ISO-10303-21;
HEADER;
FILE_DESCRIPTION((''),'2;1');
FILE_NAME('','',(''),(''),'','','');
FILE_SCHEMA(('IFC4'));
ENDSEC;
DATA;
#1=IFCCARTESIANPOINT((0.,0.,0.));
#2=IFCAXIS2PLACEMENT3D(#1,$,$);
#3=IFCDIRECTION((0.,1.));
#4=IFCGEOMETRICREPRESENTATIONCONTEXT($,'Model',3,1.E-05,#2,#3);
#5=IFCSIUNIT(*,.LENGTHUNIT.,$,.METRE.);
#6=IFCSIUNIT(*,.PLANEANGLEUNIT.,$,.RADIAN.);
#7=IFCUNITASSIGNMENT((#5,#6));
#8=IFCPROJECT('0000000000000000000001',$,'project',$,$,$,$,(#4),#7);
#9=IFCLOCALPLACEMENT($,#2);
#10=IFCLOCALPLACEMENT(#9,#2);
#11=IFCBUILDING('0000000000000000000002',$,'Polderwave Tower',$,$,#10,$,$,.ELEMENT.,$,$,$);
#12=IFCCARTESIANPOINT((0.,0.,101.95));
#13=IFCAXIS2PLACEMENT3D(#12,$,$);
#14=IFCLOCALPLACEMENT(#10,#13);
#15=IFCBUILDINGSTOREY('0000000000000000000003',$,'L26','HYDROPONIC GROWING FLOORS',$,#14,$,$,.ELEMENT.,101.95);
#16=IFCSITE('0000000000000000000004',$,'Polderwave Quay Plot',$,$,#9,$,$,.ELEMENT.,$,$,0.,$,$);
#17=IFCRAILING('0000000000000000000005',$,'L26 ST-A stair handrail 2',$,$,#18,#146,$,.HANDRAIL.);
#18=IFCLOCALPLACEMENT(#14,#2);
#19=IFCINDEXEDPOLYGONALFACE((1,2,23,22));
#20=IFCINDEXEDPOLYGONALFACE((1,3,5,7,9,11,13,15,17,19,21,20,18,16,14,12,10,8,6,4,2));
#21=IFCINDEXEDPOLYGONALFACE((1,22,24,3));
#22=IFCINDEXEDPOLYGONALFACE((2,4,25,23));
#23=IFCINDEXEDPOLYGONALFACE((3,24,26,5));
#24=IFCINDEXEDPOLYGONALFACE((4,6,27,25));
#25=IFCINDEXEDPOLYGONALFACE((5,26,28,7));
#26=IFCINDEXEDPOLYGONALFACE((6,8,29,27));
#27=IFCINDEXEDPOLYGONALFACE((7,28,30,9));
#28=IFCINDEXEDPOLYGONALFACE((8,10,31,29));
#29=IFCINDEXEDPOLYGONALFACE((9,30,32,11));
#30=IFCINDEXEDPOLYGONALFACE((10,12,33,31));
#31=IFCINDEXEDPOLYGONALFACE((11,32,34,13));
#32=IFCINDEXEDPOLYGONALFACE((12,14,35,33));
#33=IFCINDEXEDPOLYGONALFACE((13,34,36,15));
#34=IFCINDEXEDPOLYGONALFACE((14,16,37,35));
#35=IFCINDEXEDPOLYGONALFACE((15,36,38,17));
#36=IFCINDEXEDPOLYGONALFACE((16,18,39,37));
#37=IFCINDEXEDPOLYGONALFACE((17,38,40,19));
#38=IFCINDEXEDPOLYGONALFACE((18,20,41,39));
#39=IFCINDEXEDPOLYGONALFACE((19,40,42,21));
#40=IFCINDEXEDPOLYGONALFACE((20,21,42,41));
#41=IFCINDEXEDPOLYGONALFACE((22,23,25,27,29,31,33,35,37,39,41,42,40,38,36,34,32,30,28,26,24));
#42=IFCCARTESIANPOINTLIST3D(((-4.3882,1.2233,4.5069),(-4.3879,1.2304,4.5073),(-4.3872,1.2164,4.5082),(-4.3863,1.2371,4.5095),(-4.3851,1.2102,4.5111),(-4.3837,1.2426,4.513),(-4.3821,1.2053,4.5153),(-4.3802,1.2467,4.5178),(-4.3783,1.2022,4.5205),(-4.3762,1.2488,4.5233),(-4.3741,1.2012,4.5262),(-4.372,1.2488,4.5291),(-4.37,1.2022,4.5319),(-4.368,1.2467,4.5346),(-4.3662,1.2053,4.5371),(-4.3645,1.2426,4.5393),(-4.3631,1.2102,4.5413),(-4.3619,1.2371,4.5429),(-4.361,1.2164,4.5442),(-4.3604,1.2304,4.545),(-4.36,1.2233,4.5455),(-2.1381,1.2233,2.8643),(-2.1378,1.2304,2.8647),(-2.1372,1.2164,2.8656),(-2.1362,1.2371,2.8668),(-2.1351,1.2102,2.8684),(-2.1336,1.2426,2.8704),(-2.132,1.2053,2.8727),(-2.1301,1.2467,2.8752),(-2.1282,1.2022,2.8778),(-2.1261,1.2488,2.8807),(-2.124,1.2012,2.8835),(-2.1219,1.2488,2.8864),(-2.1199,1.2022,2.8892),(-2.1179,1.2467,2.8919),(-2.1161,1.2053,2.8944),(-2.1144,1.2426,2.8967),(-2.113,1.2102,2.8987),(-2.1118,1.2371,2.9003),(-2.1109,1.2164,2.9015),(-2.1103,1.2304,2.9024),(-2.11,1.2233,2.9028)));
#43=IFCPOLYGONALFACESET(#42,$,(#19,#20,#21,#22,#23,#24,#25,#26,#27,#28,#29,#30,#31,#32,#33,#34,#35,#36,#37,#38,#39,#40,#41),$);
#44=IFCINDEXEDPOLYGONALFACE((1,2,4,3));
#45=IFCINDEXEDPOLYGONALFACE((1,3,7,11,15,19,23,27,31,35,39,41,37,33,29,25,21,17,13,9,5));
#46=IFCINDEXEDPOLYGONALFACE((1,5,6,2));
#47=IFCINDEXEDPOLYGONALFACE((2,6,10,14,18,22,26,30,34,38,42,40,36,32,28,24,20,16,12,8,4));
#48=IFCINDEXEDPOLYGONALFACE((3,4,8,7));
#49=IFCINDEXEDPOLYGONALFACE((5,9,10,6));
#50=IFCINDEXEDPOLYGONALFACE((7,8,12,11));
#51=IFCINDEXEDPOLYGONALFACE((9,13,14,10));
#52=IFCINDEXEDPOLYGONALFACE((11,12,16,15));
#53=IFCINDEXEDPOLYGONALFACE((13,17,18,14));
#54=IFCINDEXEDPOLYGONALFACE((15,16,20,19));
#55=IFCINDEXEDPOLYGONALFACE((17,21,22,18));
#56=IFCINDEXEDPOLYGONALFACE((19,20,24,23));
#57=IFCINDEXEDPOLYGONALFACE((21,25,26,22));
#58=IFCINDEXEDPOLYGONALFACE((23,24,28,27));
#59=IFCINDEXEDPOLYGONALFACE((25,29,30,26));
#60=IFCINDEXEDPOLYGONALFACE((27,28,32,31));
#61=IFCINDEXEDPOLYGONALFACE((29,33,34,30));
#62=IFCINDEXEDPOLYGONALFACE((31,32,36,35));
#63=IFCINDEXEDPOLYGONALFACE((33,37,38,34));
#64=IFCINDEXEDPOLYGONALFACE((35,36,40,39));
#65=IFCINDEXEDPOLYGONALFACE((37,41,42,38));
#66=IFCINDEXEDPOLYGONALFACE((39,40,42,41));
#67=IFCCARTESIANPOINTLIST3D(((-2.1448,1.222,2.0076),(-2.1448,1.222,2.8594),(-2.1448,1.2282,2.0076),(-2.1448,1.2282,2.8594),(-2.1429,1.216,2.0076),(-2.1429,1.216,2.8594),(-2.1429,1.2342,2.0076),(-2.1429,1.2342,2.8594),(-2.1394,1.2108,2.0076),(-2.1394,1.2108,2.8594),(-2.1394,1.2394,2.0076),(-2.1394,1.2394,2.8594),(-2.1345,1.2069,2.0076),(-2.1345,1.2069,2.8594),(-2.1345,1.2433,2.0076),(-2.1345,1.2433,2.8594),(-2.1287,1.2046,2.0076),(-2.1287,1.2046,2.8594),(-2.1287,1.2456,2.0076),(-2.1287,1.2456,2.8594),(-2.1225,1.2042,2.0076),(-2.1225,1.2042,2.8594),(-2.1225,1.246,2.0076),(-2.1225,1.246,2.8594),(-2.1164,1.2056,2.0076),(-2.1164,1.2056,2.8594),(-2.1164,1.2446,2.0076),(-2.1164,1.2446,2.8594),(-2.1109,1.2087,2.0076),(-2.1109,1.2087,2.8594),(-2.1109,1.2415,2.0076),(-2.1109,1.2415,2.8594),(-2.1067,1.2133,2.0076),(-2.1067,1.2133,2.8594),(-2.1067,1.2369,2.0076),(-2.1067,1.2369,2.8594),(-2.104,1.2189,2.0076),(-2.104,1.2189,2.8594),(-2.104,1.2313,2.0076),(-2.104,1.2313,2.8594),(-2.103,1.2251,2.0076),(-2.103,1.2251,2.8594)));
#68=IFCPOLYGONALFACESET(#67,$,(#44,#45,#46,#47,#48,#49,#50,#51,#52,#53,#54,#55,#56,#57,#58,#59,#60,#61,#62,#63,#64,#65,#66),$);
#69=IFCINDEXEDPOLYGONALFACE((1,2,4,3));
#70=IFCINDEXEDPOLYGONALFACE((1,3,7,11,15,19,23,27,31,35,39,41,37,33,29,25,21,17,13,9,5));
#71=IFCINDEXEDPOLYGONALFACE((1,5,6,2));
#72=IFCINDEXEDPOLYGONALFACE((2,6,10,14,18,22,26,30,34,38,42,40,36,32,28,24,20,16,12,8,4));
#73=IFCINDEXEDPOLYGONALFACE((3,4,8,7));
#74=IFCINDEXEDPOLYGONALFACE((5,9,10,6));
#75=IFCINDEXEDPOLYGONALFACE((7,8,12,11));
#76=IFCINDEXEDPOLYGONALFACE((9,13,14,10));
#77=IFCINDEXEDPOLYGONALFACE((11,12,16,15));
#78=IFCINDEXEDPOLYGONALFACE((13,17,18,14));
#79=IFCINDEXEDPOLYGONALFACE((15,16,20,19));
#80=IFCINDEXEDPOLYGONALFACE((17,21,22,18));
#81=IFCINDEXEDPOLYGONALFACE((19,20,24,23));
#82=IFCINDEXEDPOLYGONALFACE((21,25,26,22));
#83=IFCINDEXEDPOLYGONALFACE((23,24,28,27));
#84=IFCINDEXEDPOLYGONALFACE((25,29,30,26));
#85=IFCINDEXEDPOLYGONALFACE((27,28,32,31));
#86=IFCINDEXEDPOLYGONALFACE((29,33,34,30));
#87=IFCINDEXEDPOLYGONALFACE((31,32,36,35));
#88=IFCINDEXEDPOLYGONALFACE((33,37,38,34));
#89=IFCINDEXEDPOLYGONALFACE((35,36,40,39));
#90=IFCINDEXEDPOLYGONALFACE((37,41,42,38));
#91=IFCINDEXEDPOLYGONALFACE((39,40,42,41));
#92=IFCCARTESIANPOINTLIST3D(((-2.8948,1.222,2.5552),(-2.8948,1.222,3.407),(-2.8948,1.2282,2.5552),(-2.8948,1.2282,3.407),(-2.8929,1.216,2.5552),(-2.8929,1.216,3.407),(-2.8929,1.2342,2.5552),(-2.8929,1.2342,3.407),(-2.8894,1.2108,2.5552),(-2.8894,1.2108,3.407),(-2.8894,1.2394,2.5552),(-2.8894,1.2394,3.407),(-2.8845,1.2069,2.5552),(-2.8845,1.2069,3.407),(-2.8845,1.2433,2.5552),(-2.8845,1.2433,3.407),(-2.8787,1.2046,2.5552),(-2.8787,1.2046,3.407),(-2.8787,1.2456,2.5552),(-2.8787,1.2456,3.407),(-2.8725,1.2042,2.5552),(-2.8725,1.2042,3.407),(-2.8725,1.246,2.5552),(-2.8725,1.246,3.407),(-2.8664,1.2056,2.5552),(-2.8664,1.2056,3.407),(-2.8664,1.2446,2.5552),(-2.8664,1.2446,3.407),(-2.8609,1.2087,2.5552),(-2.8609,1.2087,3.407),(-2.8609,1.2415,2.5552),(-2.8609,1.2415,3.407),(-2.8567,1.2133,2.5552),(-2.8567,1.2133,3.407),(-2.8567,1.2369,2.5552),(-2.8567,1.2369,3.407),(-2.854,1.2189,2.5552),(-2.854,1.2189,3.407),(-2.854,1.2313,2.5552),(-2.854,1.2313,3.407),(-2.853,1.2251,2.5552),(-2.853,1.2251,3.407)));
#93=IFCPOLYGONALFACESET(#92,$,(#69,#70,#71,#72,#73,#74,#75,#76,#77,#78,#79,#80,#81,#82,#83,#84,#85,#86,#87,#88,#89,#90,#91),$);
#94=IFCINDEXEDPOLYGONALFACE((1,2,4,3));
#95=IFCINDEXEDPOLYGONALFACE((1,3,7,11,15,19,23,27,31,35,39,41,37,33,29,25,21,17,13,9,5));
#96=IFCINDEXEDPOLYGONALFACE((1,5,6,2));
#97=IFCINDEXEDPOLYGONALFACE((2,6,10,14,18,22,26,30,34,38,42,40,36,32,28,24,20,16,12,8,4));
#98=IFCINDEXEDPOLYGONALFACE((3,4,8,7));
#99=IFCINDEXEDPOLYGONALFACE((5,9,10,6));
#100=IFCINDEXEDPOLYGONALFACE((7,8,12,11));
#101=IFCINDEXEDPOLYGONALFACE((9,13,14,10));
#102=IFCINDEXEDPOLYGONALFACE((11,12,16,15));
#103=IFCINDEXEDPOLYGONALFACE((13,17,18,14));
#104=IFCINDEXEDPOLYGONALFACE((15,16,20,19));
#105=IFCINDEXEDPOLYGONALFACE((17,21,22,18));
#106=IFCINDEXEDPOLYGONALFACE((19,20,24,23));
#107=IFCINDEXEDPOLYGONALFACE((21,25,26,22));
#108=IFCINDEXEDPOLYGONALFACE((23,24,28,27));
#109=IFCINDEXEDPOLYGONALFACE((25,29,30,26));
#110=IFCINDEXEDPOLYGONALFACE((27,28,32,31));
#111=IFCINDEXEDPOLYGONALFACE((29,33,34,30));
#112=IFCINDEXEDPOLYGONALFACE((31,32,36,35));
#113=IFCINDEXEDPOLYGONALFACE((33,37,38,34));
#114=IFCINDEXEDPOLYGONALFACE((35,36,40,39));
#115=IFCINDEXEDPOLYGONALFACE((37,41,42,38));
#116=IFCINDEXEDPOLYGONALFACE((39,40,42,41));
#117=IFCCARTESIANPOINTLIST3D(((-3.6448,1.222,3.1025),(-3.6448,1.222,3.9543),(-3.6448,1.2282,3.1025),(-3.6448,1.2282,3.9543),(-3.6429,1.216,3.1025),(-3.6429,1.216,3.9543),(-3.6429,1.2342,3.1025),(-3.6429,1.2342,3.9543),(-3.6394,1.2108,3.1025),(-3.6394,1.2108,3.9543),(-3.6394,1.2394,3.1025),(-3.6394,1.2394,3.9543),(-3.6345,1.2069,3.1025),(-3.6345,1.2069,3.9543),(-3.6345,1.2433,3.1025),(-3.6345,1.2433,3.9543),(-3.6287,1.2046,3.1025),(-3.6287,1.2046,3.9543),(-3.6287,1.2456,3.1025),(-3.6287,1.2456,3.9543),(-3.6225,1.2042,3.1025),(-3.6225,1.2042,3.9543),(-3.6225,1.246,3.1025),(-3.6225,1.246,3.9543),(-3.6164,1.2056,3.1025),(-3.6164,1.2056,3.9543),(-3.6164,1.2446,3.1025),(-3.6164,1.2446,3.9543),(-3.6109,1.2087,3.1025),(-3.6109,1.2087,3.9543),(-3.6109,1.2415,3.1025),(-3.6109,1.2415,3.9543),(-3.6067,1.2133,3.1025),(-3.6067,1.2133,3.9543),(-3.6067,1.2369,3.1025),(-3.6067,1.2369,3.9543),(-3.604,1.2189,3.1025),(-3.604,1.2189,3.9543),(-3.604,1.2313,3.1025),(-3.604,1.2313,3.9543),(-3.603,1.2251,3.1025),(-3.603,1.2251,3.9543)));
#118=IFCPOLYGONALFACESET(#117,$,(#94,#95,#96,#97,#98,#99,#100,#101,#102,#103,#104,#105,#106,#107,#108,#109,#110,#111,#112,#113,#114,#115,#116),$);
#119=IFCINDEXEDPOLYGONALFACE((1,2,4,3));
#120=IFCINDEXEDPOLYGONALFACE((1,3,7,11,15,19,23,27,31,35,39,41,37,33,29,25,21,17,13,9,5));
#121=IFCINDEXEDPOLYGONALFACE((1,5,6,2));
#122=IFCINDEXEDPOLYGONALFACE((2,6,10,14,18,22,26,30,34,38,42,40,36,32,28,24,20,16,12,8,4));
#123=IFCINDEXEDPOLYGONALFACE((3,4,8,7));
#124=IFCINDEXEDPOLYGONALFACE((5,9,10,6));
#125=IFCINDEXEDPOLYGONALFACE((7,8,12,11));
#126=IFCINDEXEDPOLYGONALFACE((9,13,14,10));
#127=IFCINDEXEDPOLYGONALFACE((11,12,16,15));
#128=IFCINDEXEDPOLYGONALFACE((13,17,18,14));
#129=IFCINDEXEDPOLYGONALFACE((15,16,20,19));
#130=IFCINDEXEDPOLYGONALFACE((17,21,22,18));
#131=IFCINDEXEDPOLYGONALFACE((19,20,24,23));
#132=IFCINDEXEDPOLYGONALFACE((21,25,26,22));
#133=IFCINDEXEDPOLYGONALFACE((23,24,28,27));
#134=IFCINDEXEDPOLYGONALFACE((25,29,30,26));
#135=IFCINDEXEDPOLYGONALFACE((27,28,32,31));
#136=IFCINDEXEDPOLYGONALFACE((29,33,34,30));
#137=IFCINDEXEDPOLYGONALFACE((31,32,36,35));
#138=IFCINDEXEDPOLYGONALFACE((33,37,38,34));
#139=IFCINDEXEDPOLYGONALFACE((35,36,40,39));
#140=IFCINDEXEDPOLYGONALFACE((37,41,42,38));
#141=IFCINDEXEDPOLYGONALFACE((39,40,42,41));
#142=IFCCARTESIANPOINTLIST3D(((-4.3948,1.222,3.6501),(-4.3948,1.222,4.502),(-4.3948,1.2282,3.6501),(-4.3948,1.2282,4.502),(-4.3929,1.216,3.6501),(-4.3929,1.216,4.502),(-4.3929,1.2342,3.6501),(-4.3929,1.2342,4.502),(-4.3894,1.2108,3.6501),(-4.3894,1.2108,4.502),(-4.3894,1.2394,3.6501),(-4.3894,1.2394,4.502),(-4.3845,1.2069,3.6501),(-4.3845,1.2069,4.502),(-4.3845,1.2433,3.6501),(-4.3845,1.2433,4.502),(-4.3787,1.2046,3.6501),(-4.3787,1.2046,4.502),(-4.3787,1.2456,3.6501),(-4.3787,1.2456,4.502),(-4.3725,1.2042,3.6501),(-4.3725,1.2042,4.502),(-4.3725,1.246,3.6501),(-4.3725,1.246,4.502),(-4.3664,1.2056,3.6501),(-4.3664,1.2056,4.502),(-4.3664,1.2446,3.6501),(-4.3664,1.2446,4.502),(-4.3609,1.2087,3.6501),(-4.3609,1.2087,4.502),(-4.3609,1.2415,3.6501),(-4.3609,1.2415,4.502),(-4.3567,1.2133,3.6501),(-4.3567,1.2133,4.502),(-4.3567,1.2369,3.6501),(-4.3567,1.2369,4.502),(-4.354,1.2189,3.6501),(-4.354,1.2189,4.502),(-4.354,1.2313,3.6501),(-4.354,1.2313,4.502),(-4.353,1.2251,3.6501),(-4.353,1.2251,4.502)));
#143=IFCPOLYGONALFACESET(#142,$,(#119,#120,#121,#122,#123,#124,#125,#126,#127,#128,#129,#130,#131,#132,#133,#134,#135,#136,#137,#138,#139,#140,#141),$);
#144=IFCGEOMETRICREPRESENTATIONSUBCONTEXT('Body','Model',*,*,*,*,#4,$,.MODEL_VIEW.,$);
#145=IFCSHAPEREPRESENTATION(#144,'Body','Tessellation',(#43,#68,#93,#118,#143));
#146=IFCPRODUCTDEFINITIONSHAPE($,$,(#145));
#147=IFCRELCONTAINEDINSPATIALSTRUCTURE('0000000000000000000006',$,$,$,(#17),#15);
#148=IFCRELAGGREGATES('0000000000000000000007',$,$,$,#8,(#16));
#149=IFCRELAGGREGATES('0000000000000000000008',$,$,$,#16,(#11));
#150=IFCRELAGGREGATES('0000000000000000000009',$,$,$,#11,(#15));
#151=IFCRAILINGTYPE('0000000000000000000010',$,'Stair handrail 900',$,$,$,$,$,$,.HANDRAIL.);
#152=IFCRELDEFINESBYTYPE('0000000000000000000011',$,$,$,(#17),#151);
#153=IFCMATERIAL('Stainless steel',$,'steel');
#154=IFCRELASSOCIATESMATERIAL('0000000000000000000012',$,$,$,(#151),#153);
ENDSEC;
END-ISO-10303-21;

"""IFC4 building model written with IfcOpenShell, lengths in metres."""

from ifc_helpers import new_model, si_unit, direction, frame, origin, origin_2d, place, context, subcontext, project, spatial, circle, extrude, material, type_object, element, save


model = new_model("IFC4")

# Units and contexts
model_context = context("Model", 3, precision=1e-05, world=origin(), true_north=direction((0.0, 1.0)))
body_context = subcontext(model_context, "Body", "Model", "MODEL_VIEW")
ifc_project = project(units=[si_unit("LENGTHUNIT", "METRE"), si_unit("PLANEANGLEUNIT", "RADIAN")], contexts=[model_context])

# Site, building, storey
site_placement = place(None, origin())
site = spatial("IfcSite", under=ifc_project, at=site_placement, Name="Polderwave Quay Plot", CompositionType="ELEMENT", RefElevation=0.0)
building_placement = place(site_placement, origin())
building = spatial("IfcBuilding", under=site, at=building_placement, Name="Polderwave Tower", CompositionType="ELEMENT")
storey_placement = place(building_placement, frame((0.0, 0.0, 101.95)))
storey = spatial("IfcBuildingStorey", under=building, at=storey_placement, Name="L26", Description="HYDROPONIC GROWING FLOORS", CompositionType="ELEMENT", Elevation=101.95)

# Railing
ifc_material_1 = material(Name="Stainless steel", Category="steel")
railing_type_1 = type_object("IfcRailingType", Name="Stair handrail 900", PredefinedType="HANDRAIL", material=ifc_material_1)
railing_1_placement = place(storey_placement, frame((-2.124, 1.2251, 2.0076)))
element("IfcRailing", 1, at=railing_1_placement, inside=storey, type_object=railing_type_1, Name="L26 ST-A stair handrail 2", PredefinedType="HANDRAIL", context=body_context, shape_type="SweptSolid", body=[
    extrude(circle(Radius=0.0239, at=origin_2d()), frame((0.0, 0.0, 0.876), z_axis=(-0.807674, 0.0, 0.58963), x_axis=(0.0, -1.0, 0.0)), (0.0, 0.0, 1.0), 2.7859),
    extrude(circle(Radius=0.021, at=origin_2d()), origin(), (0.0, 0.0, 1.0), 0.8518),
    extrude(circle(Radius=0.021, at=origin_2d()), frame((-0.75, 0.0, 0.5476)), (0.0, 0.0, 1.0), 0.8518),
    extrude(circle(Radius=0.021, at=origin_2d()), frame((-1.5, 0.0, 1.095)), (0.0, 0.0, 1.0), 0.8518),
    extrude(circle(Radius=0.021, at=origin_2d()), frame((-2.25, 0.0, 1.6426)), (0.0, 0.0, 1.0), 0.8518),
])

save(model, "model.ifc")
